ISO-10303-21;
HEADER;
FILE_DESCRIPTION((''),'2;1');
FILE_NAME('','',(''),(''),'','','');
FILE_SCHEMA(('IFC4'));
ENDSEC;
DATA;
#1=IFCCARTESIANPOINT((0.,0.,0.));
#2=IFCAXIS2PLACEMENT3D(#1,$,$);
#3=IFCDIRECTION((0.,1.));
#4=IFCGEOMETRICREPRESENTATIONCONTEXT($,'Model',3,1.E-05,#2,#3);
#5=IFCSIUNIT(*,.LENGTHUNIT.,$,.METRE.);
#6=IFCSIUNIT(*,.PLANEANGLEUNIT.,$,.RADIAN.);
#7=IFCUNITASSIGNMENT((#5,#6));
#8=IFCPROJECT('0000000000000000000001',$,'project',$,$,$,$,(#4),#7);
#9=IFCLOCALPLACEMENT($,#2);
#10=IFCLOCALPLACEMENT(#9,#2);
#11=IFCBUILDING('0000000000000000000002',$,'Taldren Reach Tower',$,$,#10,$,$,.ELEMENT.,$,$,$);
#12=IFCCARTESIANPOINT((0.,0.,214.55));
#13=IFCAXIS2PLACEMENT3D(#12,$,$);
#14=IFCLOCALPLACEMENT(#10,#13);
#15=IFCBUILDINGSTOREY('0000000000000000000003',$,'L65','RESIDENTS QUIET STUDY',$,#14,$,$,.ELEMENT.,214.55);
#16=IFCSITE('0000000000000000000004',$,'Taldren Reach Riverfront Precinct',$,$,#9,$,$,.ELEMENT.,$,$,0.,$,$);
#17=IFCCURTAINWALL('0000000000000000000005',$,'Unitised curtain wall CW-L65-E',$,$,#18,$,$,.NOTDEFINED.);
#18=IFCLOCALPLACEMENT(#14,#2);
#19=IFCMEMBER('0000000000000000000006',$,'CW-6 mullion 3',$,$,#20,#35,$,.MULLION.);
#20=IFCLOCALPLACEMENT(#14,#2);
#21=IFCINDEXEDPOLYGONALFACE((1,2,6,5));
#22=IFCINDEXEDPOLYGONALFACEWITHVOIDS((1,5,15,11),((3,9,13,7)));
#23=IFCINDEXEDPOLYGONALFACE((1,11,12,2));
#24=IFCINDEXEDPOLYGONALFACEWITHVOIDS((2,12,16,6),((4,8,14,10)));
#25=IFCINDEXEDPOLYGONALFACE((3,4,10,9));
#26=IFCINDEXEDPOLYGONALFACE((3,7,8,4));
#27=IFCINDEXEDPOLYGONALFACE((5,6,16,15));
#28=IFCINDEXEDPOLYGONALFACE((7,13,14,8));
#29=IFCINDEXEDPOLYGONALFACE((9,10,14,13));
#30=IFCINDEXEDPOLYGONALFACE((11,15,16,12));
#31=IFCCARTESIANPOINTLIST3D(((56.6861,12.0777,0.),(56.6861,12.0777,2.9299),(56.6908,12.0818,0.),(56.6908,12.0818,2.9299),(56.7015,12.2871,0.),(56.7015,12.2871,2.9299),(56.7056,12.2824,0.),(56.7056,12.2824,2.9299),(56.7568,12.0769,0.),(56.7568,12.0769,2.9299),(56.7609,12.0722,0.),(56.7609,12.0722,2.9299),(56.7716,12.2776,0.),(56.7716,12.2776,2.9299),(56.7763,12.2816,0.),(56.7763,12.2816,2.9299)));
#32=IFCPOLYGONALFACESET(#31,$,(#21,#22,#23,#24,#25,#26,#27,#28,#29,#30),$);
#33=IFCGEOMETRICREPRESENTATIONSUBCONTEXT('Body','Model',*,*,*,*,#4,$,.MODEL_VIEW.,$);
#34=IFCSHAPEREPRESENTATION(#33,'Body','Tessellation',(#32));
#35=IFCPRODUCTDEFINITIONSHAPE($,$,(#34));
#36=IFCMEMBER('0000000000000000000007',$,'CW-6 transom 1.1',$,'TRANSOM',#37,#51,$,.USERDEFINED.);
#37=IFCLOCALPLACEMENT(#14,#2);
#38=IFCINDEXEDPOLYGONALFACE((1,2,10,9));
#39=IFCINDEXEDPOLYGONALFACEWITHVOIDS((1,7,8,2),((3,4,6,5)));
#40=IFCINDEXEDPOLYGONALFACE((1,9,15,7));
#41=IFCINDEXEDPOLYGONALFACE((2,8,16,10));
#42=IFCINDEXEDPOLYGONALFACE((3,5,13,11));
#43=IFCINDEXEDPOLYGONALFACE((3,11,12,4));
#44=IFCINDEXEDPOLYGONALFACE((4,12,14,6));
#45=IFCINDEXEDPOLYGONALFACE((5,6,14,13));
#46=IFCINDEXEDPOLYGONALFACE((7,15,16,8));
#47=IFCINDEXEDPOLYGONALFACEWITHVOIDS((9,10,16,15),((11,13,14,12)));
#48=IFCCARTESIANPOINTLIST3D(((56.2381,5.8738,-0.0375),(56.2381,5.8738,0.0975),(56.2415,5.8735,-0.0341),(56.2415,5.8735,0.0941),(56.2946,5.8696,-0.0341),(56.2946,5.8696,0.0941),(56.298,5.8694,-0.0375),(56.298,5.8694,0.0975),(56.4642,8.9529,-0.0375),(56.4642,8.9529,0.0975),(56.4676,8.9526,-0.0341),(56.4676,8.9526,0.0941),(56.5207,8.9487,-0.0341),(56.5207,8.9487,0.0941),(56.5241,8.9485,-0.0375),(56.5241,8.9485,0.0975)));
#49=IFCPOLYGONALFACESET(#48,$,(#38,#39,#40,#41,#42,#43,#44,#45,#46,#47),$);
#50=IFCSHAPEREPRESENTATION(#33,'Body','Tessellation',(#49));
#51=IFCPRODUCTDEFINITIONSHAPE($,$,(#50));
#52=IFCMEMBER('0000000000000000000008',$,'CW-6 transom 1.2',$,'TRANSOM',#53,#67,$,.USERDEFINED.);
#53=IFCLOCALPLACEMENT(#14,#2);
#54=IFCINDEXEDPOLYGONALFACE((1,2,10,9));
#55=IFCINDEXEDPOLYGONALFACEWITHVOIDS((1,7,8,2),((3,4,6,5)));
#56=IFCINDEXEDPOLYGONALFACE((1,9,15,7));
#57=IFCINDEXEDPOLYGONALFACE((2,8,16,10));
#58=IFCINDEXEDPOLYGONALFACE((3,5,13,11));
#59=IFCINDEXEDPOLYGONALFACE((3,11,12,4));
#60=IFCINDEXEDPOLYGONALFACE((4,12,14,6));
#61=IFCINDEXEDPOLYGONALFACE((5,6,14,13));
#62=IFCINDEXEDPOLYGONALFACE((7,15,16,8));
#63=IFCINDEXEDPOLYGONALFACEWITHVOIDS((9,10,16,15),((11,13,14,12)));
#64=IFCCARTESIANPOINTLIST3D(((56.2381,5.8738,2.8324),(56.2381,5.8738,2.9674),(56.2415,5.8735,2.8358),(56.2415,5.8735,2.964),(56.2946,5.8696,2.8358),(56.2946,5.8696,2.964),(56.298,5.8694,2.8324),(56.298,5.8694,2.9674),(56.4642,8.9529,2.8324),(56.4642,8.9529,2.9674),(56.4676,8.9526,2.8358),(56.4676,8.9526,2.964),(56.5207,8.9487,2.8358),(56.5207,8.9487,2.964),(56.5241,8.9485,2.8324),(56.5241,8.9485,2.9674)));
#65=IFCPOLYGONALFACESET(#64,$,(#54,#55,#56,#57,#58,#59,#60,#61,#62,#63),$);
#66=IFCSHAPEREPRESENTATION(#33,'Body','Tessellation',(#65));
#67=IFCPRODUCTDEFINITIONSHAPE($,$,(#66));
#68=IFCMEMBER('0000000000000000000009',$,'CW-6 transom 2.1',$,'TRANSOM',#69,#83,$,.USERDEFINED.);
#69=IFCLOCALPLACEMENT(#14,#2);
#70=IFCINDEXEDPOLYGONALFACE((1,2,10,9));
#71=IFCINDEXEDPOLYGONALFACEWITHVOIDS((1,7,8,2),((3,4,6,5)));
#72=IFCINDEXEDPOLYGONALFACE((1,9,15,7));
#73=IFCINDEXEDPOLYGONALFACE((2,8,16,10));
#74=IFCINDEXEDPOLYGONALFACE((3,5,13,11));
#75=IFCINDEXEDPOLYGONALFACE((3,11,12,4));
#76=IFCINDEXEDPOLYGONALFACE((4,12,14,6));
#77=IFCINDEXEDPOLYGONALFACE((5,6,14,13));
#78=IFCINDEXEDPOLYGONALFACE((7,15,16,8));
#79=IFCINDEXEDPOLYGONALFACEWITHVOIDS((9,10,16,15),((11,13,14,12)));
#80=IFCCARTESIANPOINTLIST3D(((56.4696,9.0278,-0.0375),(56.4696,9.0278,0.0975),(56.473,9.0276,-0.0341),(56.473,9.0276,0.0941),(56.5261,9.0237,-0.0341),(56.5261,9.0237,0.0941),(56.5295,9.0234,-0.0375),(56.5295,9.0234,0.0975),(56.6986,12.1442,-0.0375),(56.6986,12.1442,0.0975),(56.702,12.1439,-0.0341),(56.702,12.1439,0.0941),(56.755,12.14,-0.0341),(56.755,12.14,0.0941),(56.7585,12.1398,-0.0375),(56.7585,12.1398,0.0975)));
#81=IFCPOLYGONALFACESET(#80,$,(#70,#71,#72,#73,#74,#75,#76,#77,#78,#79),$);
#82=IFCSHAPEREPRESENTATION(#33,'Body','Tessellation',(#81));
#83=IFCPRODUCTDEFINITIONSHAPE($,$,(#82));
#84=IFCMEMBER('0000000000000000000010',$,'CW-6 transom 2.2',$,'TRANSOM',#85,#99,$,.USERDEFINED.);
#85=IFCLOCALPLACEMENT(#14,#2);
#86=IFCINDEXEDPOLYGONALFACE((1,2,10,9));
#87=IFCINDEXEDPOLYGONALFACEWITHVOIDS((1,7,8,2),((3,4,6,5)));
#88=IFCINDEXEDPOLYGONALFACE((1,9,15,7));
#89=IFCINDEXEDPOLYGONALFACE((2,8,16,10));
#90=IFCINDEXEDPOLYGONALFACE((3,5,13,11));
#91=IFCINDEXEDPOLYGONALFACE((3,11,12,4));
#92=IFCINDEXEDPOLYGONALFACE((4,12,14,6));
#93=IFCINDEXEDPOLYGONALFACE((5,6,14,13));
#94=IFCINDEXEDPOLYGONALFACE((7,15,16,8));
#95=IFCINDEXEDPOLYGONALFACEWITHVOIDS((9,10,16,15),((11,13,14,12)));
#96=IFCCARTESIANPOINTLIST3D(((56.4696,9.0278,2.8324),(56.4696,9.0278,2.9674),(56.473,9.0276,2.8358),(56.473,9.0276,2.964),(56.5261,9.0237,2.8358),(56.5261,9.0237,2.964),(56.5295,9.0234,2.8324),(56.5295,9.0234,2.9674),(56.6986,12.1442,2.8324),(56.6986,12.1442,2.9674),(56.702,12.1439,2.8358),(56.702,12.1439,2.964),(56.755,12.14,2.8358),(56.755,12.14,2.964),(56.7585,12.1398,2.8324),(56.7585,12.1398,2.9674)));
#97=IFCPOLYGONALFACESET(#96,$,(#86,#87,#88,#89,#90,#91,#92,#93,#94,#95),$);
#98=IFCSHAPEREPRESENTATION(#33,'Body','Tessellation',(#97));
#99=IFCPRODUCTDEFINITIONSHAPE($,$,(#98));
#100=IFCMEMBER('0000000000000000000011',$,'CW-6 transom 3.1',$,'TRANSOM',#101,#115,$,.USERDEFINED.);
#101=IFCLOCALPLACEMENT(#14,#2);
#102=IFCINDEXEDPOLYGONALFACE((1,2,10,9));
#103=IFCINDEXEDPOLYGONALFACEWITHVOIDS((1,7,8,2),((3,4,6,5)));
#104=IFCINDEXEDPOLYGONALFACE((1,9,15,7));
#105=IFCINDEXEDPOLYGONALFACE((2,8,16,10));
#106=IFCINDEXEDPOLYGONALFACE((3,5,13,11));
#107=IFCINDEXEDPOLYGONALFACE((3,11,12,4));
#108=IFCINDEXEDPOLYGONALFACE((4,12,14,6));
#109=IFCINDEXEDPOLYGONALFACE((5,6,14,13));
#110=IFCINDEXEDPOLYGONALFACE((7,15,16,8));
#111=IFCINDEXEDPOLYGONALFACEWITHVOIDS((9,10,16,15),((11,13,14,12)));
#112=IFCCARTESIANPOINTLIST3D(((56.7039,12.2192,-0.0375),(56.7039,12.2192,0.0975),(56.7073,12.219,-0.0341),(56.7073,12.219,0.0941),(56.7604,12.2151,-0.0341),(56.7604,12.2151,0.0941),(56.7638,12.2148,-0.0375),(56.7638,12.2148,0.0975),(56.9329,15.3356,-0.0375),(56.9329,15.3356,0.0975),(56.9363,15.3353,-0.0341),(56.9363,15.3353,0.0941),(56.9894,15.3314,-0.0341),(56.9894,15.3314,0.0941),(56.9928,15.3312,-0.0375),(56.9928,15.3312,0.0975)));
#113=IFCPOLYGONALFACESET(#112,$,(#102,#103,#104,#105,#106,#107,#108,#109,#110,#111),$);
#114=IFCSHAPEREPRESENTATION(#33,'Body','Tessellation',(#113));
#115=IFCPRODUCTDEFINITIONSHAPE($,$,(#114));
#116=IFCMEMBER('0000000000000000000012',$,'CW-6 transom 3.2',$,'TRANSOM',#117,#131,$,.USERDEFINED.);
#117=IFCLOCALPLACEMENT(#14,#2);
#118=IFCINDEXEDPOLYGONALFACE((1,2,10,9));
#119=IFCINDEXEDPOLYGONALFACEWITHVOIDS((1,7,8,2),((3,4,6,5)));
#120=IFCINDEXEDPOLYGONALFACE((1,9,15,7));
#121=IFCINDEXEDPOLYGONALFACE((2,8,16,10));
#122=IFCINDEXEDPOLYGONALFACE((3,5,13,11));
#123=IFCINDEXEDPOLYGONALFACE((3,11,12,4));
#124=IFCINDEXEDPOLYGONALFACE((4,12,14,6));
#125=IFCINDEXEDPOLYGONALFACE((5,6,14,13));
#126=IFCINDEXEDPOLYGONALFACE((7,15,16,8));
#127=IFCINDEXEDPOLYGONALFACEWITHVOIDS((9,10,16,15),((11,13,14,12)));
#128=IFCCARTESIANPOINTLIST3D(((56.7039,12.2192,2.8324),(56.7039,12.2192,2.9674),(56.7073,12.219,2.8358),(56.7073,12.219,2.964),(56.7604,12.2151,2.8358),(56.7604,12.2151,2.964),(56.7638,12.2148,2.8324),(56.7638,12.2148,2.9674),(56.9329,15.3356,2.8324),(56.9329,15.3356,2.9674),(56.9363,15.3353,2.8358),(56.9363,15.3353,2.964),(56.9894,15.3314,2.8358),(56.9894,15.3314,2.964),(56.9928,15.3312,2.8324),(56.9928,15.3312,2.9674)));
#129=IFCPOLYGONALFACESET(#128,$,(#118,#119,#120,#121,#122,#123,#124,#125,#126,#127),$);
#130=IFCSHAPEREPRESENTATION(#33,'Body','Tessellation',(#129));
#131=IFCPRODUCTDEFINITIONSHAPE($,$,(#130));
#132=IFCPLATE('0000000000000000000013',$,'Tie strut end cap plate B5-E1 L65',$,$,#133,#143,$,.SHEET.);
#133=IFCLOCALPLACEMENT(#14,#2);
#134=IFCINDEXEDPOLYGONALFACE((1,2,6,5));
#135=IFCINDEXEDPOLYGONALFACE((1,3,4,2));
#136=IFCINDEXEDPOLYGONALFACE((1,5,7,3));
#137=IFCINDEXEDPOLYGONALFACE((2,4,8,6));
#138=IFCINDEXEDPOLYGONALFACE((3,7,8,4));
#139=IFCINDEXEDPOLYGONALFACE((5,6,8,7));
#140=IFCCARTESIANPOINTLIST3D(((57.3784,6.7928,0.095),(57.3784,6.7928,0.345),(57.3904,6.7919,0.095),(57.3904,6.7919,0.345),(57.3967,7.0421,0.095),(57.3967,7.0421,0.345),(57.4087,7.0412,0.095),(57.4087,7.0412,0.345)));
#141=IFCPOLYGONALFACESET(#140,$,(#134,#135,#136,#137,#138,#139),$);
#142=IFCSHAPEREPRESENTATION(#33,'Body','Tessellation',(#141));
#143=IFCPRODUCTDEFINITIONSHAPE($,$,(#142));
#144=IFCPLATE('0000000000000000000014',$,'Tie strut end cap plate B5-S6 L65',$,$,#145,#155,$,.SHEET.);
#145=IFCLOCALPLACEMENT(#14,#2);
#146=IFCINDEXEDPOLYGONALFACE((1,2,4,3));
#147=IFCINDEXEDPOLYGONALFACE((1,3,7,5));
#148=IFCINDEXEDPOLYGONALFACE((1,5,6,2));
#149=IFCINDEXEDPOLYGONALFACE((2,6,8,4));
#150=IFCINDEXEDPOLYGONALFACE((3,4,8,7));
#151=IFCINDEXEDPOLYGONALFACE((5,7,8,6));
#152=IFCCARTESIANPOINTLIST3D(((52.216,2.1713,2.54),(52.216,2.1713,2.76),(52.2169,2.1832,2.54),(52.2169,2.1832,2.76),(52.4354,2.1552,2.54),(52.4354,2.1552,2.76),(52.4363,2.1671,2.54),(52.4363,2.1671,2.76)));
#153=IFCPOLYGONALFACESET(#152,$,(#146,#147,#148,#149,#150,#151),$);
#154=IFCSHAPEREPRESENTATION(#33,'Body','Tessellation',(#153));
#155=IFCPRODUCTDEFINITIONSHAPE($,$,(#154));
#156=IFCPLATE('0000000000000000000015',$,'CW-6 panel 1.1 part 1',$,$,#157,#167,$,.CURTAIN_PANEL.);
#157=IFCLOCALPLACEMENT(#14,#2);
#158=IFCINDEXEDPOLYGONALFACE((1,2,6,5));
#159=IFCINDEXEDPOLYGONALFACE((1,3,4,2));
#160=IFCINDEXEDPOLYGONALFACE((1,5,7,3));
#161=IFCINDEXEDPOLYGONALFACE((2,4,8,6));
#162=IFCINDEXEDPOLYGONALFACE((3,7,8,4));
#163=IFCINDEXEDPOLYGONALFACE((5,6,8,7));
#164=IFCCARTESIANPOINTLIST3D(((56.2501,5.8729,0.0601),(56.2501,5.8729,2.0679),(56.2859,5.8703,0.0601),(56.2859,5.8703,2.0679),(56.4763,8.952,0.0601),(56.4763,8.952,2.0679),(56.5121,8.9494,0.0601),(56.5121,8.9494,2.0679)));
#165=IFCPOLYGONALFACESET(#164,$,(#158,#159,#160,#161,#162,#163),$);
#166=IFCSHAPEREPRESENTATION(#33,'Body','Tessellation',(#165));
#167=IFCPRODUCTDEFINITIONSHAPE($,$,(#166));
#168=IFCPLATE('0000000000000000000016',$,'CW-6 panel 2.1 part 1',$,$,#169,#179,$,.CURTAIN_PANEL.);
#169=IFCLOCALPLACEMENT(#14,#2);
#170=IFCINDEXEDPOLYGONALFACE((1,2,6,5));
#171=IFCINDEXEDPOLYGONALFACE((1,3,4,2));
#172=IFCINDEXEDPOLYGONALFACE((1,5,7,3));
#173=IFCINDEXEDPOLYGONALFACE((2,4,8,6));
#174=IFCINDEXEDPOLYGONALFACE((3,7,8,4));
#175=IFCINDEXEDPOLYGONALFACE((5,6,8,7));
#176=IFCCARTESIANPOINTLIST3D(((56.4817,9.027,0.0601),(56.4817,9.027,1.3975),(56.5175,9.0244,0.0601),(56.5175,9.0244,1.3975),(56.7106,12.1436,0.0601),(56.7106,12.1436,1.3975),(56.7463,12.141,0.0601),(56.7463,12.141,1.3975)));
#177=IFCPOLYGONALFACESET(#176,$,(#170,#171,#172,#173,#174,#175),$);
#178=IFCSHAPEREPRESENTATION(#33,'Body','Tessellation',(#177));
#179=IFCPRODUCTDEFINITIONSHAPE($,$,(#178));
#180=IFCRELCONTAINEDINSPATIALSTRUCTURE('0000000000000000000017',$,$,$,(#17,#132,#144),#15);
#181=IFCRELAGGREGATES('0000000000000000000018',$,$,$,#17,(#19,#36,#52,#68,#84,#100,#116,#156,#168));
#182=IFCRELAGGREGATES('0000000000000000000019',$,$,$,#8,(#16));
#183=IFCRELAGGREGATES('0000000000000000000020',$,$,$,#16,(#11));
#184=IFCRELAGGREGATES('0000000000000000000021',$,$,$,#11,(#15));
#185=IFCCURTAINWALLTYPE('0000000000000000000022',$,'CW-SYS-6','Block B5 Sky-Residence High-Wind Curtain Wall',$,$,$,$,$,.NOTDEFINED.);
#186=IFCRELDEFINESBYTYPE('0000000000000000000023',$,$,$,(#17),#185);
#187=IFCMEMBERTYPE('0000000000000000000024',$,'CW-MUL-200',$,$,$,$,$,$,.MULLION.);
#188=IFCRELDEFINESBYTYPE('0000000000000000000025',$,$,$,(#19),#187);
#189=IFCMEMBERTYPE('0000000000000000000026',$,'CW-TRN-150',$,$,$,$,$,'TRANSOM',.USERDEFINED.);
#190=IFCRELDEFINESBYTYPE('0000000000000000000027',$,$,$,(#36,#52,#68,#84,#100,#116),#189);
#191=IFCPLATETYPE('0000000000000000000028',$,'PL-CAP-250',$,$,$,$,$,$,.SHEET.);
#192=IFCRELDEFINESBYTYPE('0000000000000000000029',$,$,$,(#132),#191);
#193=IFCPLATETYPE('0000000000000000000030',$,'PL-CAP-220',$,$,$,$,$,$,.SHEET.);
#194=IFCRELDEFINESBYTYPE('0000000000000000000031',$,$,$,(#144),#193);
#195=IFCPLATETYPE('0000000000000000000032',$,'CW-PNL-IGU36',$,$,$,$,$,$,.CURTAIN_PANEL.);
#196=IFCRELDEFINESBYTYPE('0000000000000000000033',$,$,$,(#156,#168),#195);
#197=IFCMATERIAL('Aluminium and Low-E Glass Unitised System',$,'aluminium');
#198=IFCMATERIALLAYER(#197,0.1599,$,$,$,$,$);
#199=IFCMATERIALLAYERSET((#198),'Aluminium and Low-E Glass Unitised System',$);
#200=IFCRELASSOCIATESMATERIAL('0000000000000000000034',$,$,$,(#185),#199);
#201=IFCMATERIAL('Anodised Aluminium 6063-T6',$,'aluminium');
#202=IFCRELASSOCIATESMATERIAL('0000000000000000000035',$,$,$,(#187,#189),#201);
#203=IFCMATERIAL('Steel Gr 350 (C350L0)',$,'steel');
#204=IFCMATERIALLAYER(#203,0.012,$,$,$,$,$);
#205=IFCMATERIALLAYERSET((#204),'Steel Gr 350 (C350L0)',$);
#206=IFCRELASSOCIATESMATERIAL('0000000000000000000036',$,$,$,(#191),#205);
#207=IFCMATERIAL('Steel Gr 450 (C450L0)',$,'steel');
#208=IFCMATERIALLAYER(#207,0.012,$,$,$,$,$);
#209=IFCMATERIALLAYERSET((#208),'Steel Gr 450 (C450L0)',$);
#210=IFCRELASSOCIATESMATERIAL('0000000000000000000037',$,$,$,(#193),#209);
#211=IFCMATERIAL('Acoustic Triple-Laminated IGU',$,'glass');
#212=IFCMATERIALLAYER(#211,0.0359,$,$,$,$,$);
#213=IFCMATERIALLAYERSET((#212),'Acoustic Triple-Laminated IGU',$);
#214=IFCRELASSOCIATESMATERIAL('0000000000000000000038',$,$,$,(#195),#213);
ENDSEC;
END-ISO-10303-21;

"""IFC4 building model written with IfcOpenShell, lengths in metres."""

from ifc_helpers import new_model, si_unit, direction, frame, origin, origin_2d, place, context, subcontext, project, spatial, rectangle, hollow_rectangle, extrude, source, transform, mapped, material, layer, layer_set, material_profile, profile_set, type_object, element, aggregate, save


model = new_model("IFC4")

# Units and contexts
model_context = context("Model", 3, precision=1e-05, world=origin(), true_north=direction((0.0, 1.0)))
body_context = subcontext(model_context, "Body", "Model", "MODEL_VIEW")
ifc_project = project(units=[si_unit("LENGTHUNIT", "METRE"), si_unit("PLANEANGLEUNIT", "RADIAN")], contexts=[model_context])

# Site, building, storey
site_placement = place(None, origin())
site = spatial("IfcSite", under=ifc_project, at=site_placement, Name="Taldren Reach Riverfront Precinct", CompositionType="ELEMENT", RefElevation=0.0)
building_placement = place(site_placement, origin())
building = spatial("IfcBuilding", under=site, at=building_placement, Name="Taldren Reach Tower", CompositionType="ELEMENT")
storey_placement = place(building_placement, frame((0.0, 0.0, 214.55)))
storey = spatial("IfcBuildingStorey", under=building, at=storey_placement, Name="L65", Description="RESIDENTS QUIET STUDY", CompositionType="ELEMENT", Elevation=214.55)

# Shared definitions
ifc_material_1 = material(Name="Steel Gr 350 (C350L0)", Category="steel")

# Shared definitions
ifc_material_2 = material(Name="Steel Gr 450 (C450L0)", Category="steel")

# Shared definitions
ifc_material_3 = material(Name="Aluminium and Low-E Glass Unitised System", Category="aluminium")
ifc_layer_1 = layer(ifc_material_3, 0.1599)
ifc_layer_set_1 = layer_set([ifc_layer_1], Name="Aluminium and Low-E Glass Unitised System")
curtain_wall_type = type_object("IfcCurtainWallType", Name="CW-SYS-6", Description="Block B5 Sky-Residence High-Wind Curtain Wall", PredefinedType="NOTDEFINED", material=ifc_layer_set_1)
ifc_material_4 = material(Name="Anodised Aluminium 6063-T6", Category="aluminium")
ifc_material_profile_1 = material_profile(ifc_material_4, hollow_rectangle(XDim=0.075, YDim=0.21, WallThickness=0.0044, at=origin_2d()), Name="ALU-210x75x4.5RHS")
ifc_profile_set_1 = profile_set([ifc_material_profile_1], Name="Anodised Aluminium 6063-T6")
member_type_1 = type_object("IfcMemberType", Name="CW-MUL-200", PredefinedType="MULLION", material=ifc_profile_set_1)
shared_shape_1 = source(origin(), body_context, "Body", "SweptSolid", [
    extrude(hollow_rectangle(XDim=0.075, YDim=0.21, WallThickness=0.0044, at=origin_2d()), origin(), (0.0, 0.0, 1.0), 2.9299),
])

# Curtain wall, members
curtain_wall_1_placement = place(storey_placement, origin())
curtain_wall_1 = element("IfcCurtainWall", 1, at=curtain_wall_1_placement, inside=storey, type_object=curtain_wall_type, Name="Unitised curtain wall CW-L65-E", PredefinedType="NOTDEFINED")
member_1_placement = place(storey_placement, frame((56.7312, 12.1797, 0.0), z_axis=(0.0, 0.0, 1.0), x_axis=(-0.997314, 0.073238, 0.0)))
member_1 = element("IfcMember", 2, at=member_1_placement, type_object=member_type_1, Name="CW-6 mullion 3", PredefinedType="MULLION", context=body_context, shape_type="MappedRepresentation", body=[
    mapped(shared_shape_1, transform((0.0, 0.0, 0.0), scale=1.0)),
])
ifc_material_profile_2 = material_profile(ifc_material_4, hollow_rectangle(XDim=0.0601, YDim=0.135, WallThickness=0.0034, at=origin_2d()), Name="ALU-135x60x3.5RHS")
ifc_profile_set_2 = profile_set([ifc_material_profile_2], Name="Anodised Aluminium 6063-T6")
member_type_2 = type_object("IfcMemberType", Name="CW-TRN-150", ElementType="TRANSOM", PredefinedType="USERDEFINED", material=ifc_profile_set_2)
shared_shape_2 = source(origin(), body_context, "Body", "SweptSolid", [
    extrude(hollow_rectangle(XDim=0.0601, YDim=0.135, WallThickness=0.0034, at=origin_2d()), origin(), (0.0, 0.0, 1.0), 3.0874),
])
member_2_placement = place(storey_placement, frame((56.2681, 5.8716, 0.03), z_axis=(0.073225, 0.997315, 0.0), x_axis=(-0.997315, 0.073225, 0.0)))
member_2 = element("IfcMember", 3, at=member_2_placement, type_object=member_type_2, Name="CW-6 transom 1.1", ObjectType="TRANSOM", PredefinedType="USERDEFINED", context=body_context, shape_type="MappedRepresentation", body=[
    mapped(shared_shape_2, transform((0.0, 0.0, 0.0), scale=1.0)),
])
member_3_placement = place(storey_placement, frame((56.2681, 5.8716, 2.8999), z_axis=(0.073225, 0.997315, 0.0), x_axis=(-0.997315, 0.073225, 0.0)))
member_3 = element("IfcMember", 4, at=member_3_placement, type_object=member_type_2, Name="CW-6 transom 1.2", ObjectType="TRANSOM", PredefinedType="USERDEFINED", context=body_context, shape_type="MappedRepresentation", body=[
    mapped(shared_shape_2, transform((0.0, 0.0, 0.0), scale=1.0)),
])
shared_shape_3 = source(origin(), body_context, "Body", "SweptSolid", [
    extrude(hollow_rectangle(XDim=0.0601, YDim=0.135, WallThickness=0.0034, at=origin_2d()), origin(), (0.0, 0.0, 1.0), 3.1248),
])
member_4_placement = place(storey_placement, frame((56.4995, 9.0256, 0.03), z_axis=(0.073285, 0.997311, 0.0), x_axis=(-0.997311, 0.073285, 0.0)))
member_4 = element("IfcMember", 5, at=member_4_placement, type_object=member_type_2, Name="CW-6 transom 2.1", ObjectType="TRANSOM", PredefinedType="USERDEFINED", context=body_context, shape_type="MappedRepresentation", body=[
    mapped(shared_shape_3, transform((0.0, 0.0, 0.0), scale=1.0)),
])
member_5_placement = place(storey_placement, frame((56.4995, 9.0256, 2.8999), z_axis=(0.073285, 0.997311, 0.0), x_axis=(-0.997311, 0.073285, 0.0)))
member_5 = element("IfcMember", 6, at=member_5_placement, type_object=member_type_2, Name="CW-6 transom 2.2", ObjectType="TRANSOM", PredefinedType="USERDEFINED", context=body_context, shape_type="MappedRepresentation", body=[
    mapped(shared_shape_3, transform((0.0, 0.0, 0.0), scale=1.0)),
])
member_6_placement = place(storey_placement, frame((56.7339, 12.217, 0.03), z_axis=(0.073285, 0.997311, 0.0), x_axis=(-0.997311, 0.073285, 0.0)))
member_6 = element("IfcMember", 7, at=member_6_placement, type_object=member_type_2, Name="CW-6 transom 3.1", ObjectType="TRANSOM", PredefinedType="USERDEFINED", context=body_context, shape_type="MappedRepresentation", body=[
    mapped(shared_shape_3, transform((0.0, 0.0, 0.0), scale=1.0)),
])
member_7_placement = place(storey_placement, frame((56.7339, 12.217, 2.8999), z_axis=(0.073285, 0.997311, 0.0), x_axis=(-0.997311, 0.073285, 0.0)))
member_7 = element("IfcMember", 8, at=member_7_placement, type_object=member_type_2, Name="CW-6 transom 3.2", ObjectType="TRANSOM", PredefinedType="USERDEFINED", context=body_context, shape_type="MappedRepresentation", body=[
    mapped(shared_shape_3, transform((0.0, 0.0, 0.0), scale=1.0)),
])

# Plates
ifc_layer_2 = layer(ifc_material_1, 0.012)
ifc_layer_set_2 = layer_set([ifc_layer_2], Name="Steel Gr 350 (C350L0)")
plate_type_1 = type_object("IfcPlateType", Name="PL-CAP-250", PredefinedType="SHEET", material=ifc_layer_set_2)
shared_shape_4 = source(origin(), body_context, "Body", "SweptSolid", [
    extrude(rectangle(XDim=0.012, YDim=0.25, at=origin_2d()), origin(), (0.0, 0.0, 1.0), 0.25),
])
plate_1_placement = place(storey_placement, frame((57.3936, 6.917, 0.095), z_axis=(0.0, 0.0, 1.0), x_axis=(0.997314, -0.073238, 0.0)))
element("IfcPlate", 9, at=plate_1_placement, inside=storey, type_object=plate_type_1, Name="Tie strut end cap plate B5-E1 L65", PredefinedType="SHEET", context=body_context, shape_type="MappedRepresentation", body=[
    mapped(shared_shape_4, transform((0.0, 0.0, 0.0), scale=1.0)),
])
ifc_layer_3 = layer(ifc_material_2, 0.012)
ifc_layer_set_3 = layer_set([ifc_layer_3], Name="Steel Gr 450 (C450L0)")
plate_type_2 = type_object("IfcPlateType", Name="PL-CAP-220", PredefinedType="SHEET", material=ifc_layer_set_3)
shared_shape_5 = source(origin(), body_context, "Body", "SweptSolid", [
    extrude(rectangle(XDim=0.22, YDim=0.012, at=origin_2d()), origin(), (0.0, 0.0, 1.0), 0.22),
])
plate_2_placement = place(storey_placement, frame((52.3262, 2.1692, 2.54), z_axis=(0.0, 0.0, 1.0), x_axis=(0.997314, -0.073238, 0.0)))
element("IfcPlate", 10, at=plate_2_placement, inside=storey, type_object=plate_type_2, Name="Tie strut end cap plate B5-S6 L65", PredefinedType="SHEET", context=body_context, shape_type="MappedRepresentation", body=[
    mapped(shared_shape_5, transform((0.0, 0.0, 0.0), scale=1.0)),
])

# Plates
ifc_material_5 = material(Name="Acoustic Triple-Laminated IGU", Category="glass")
ifc_layer_4 = layer(ifc_material_5, 0.0359)
ifc_layer_set_4 = layer_set([ifc_layer_4], Name="Acoustic Triple-Laminated IGU")
plate_type_3 = type_object("IfcPlateType", Name="CW-PNL-IGU36", PredefinedType="CURTAIN_PANEL", material=ifc_layer_set_4)
shared_shape_6 = source(origin(), body_context, "Body", "SweptSolid", [
    extrude(rectangle(XDim=3.0874, YDim=0.0359, at=origin_2d()), origin(), (0.0, 0.0, 1.0), 2.0078),
])
plate_3_placement = place(storey_placement, frame((56.3811, 7.4111, 0.0601), z_axis=(0.0, 0.0, 1.0), x_axis=(0.073238, 0.997314, 0.0)))
plate_3 = element("IfcPlate", 11, at=plate_3_placement, type_object=plate_type_3, Name="CW-6 panel 1.1 part 1", PredefinedType="CURTAIN_PANEL", context=body_context, shape_type="MappedRepresentation", body=[
    mapped(shared_shape_6, transform((0.0, 0.0, 0.0), scale=1.0)),
])
shared_shape_7 = source(origin(), body_context, "Body", "SweptSolid", [
    extrude(rectangle(XDim=3.125, YDim=0.0359, at=origin_2d()), origin(), (0.0, 0.0, 1.0), 1.3374),
])
plate_4_placement = place(storey_placement, frame((56.614, 10.584, 0.0601), z_axis=(0.0, 0.0, 1.0), x_axis=(0.073238, 0.997314, 0.0)))
plate_4 = element("IfcPlate", 12, at=plate_4_placement, type_object=plate_type_3, Name="CW-6 panel 2.1 part 1", PredefinedType="CURTAIN_PANEL", context=body_context, shape_type="MappedRepresentation", body=[
    mapped(shared_shape_7, transform((0.0, 0.0, 0.0), scale=1.0)),
])
aggregate(curtain_wall_1, [member_1, member_2, member_3, member_4, member_5, member_6, member_7, plate_3, plate_4])

save(model, "model.ifc")
